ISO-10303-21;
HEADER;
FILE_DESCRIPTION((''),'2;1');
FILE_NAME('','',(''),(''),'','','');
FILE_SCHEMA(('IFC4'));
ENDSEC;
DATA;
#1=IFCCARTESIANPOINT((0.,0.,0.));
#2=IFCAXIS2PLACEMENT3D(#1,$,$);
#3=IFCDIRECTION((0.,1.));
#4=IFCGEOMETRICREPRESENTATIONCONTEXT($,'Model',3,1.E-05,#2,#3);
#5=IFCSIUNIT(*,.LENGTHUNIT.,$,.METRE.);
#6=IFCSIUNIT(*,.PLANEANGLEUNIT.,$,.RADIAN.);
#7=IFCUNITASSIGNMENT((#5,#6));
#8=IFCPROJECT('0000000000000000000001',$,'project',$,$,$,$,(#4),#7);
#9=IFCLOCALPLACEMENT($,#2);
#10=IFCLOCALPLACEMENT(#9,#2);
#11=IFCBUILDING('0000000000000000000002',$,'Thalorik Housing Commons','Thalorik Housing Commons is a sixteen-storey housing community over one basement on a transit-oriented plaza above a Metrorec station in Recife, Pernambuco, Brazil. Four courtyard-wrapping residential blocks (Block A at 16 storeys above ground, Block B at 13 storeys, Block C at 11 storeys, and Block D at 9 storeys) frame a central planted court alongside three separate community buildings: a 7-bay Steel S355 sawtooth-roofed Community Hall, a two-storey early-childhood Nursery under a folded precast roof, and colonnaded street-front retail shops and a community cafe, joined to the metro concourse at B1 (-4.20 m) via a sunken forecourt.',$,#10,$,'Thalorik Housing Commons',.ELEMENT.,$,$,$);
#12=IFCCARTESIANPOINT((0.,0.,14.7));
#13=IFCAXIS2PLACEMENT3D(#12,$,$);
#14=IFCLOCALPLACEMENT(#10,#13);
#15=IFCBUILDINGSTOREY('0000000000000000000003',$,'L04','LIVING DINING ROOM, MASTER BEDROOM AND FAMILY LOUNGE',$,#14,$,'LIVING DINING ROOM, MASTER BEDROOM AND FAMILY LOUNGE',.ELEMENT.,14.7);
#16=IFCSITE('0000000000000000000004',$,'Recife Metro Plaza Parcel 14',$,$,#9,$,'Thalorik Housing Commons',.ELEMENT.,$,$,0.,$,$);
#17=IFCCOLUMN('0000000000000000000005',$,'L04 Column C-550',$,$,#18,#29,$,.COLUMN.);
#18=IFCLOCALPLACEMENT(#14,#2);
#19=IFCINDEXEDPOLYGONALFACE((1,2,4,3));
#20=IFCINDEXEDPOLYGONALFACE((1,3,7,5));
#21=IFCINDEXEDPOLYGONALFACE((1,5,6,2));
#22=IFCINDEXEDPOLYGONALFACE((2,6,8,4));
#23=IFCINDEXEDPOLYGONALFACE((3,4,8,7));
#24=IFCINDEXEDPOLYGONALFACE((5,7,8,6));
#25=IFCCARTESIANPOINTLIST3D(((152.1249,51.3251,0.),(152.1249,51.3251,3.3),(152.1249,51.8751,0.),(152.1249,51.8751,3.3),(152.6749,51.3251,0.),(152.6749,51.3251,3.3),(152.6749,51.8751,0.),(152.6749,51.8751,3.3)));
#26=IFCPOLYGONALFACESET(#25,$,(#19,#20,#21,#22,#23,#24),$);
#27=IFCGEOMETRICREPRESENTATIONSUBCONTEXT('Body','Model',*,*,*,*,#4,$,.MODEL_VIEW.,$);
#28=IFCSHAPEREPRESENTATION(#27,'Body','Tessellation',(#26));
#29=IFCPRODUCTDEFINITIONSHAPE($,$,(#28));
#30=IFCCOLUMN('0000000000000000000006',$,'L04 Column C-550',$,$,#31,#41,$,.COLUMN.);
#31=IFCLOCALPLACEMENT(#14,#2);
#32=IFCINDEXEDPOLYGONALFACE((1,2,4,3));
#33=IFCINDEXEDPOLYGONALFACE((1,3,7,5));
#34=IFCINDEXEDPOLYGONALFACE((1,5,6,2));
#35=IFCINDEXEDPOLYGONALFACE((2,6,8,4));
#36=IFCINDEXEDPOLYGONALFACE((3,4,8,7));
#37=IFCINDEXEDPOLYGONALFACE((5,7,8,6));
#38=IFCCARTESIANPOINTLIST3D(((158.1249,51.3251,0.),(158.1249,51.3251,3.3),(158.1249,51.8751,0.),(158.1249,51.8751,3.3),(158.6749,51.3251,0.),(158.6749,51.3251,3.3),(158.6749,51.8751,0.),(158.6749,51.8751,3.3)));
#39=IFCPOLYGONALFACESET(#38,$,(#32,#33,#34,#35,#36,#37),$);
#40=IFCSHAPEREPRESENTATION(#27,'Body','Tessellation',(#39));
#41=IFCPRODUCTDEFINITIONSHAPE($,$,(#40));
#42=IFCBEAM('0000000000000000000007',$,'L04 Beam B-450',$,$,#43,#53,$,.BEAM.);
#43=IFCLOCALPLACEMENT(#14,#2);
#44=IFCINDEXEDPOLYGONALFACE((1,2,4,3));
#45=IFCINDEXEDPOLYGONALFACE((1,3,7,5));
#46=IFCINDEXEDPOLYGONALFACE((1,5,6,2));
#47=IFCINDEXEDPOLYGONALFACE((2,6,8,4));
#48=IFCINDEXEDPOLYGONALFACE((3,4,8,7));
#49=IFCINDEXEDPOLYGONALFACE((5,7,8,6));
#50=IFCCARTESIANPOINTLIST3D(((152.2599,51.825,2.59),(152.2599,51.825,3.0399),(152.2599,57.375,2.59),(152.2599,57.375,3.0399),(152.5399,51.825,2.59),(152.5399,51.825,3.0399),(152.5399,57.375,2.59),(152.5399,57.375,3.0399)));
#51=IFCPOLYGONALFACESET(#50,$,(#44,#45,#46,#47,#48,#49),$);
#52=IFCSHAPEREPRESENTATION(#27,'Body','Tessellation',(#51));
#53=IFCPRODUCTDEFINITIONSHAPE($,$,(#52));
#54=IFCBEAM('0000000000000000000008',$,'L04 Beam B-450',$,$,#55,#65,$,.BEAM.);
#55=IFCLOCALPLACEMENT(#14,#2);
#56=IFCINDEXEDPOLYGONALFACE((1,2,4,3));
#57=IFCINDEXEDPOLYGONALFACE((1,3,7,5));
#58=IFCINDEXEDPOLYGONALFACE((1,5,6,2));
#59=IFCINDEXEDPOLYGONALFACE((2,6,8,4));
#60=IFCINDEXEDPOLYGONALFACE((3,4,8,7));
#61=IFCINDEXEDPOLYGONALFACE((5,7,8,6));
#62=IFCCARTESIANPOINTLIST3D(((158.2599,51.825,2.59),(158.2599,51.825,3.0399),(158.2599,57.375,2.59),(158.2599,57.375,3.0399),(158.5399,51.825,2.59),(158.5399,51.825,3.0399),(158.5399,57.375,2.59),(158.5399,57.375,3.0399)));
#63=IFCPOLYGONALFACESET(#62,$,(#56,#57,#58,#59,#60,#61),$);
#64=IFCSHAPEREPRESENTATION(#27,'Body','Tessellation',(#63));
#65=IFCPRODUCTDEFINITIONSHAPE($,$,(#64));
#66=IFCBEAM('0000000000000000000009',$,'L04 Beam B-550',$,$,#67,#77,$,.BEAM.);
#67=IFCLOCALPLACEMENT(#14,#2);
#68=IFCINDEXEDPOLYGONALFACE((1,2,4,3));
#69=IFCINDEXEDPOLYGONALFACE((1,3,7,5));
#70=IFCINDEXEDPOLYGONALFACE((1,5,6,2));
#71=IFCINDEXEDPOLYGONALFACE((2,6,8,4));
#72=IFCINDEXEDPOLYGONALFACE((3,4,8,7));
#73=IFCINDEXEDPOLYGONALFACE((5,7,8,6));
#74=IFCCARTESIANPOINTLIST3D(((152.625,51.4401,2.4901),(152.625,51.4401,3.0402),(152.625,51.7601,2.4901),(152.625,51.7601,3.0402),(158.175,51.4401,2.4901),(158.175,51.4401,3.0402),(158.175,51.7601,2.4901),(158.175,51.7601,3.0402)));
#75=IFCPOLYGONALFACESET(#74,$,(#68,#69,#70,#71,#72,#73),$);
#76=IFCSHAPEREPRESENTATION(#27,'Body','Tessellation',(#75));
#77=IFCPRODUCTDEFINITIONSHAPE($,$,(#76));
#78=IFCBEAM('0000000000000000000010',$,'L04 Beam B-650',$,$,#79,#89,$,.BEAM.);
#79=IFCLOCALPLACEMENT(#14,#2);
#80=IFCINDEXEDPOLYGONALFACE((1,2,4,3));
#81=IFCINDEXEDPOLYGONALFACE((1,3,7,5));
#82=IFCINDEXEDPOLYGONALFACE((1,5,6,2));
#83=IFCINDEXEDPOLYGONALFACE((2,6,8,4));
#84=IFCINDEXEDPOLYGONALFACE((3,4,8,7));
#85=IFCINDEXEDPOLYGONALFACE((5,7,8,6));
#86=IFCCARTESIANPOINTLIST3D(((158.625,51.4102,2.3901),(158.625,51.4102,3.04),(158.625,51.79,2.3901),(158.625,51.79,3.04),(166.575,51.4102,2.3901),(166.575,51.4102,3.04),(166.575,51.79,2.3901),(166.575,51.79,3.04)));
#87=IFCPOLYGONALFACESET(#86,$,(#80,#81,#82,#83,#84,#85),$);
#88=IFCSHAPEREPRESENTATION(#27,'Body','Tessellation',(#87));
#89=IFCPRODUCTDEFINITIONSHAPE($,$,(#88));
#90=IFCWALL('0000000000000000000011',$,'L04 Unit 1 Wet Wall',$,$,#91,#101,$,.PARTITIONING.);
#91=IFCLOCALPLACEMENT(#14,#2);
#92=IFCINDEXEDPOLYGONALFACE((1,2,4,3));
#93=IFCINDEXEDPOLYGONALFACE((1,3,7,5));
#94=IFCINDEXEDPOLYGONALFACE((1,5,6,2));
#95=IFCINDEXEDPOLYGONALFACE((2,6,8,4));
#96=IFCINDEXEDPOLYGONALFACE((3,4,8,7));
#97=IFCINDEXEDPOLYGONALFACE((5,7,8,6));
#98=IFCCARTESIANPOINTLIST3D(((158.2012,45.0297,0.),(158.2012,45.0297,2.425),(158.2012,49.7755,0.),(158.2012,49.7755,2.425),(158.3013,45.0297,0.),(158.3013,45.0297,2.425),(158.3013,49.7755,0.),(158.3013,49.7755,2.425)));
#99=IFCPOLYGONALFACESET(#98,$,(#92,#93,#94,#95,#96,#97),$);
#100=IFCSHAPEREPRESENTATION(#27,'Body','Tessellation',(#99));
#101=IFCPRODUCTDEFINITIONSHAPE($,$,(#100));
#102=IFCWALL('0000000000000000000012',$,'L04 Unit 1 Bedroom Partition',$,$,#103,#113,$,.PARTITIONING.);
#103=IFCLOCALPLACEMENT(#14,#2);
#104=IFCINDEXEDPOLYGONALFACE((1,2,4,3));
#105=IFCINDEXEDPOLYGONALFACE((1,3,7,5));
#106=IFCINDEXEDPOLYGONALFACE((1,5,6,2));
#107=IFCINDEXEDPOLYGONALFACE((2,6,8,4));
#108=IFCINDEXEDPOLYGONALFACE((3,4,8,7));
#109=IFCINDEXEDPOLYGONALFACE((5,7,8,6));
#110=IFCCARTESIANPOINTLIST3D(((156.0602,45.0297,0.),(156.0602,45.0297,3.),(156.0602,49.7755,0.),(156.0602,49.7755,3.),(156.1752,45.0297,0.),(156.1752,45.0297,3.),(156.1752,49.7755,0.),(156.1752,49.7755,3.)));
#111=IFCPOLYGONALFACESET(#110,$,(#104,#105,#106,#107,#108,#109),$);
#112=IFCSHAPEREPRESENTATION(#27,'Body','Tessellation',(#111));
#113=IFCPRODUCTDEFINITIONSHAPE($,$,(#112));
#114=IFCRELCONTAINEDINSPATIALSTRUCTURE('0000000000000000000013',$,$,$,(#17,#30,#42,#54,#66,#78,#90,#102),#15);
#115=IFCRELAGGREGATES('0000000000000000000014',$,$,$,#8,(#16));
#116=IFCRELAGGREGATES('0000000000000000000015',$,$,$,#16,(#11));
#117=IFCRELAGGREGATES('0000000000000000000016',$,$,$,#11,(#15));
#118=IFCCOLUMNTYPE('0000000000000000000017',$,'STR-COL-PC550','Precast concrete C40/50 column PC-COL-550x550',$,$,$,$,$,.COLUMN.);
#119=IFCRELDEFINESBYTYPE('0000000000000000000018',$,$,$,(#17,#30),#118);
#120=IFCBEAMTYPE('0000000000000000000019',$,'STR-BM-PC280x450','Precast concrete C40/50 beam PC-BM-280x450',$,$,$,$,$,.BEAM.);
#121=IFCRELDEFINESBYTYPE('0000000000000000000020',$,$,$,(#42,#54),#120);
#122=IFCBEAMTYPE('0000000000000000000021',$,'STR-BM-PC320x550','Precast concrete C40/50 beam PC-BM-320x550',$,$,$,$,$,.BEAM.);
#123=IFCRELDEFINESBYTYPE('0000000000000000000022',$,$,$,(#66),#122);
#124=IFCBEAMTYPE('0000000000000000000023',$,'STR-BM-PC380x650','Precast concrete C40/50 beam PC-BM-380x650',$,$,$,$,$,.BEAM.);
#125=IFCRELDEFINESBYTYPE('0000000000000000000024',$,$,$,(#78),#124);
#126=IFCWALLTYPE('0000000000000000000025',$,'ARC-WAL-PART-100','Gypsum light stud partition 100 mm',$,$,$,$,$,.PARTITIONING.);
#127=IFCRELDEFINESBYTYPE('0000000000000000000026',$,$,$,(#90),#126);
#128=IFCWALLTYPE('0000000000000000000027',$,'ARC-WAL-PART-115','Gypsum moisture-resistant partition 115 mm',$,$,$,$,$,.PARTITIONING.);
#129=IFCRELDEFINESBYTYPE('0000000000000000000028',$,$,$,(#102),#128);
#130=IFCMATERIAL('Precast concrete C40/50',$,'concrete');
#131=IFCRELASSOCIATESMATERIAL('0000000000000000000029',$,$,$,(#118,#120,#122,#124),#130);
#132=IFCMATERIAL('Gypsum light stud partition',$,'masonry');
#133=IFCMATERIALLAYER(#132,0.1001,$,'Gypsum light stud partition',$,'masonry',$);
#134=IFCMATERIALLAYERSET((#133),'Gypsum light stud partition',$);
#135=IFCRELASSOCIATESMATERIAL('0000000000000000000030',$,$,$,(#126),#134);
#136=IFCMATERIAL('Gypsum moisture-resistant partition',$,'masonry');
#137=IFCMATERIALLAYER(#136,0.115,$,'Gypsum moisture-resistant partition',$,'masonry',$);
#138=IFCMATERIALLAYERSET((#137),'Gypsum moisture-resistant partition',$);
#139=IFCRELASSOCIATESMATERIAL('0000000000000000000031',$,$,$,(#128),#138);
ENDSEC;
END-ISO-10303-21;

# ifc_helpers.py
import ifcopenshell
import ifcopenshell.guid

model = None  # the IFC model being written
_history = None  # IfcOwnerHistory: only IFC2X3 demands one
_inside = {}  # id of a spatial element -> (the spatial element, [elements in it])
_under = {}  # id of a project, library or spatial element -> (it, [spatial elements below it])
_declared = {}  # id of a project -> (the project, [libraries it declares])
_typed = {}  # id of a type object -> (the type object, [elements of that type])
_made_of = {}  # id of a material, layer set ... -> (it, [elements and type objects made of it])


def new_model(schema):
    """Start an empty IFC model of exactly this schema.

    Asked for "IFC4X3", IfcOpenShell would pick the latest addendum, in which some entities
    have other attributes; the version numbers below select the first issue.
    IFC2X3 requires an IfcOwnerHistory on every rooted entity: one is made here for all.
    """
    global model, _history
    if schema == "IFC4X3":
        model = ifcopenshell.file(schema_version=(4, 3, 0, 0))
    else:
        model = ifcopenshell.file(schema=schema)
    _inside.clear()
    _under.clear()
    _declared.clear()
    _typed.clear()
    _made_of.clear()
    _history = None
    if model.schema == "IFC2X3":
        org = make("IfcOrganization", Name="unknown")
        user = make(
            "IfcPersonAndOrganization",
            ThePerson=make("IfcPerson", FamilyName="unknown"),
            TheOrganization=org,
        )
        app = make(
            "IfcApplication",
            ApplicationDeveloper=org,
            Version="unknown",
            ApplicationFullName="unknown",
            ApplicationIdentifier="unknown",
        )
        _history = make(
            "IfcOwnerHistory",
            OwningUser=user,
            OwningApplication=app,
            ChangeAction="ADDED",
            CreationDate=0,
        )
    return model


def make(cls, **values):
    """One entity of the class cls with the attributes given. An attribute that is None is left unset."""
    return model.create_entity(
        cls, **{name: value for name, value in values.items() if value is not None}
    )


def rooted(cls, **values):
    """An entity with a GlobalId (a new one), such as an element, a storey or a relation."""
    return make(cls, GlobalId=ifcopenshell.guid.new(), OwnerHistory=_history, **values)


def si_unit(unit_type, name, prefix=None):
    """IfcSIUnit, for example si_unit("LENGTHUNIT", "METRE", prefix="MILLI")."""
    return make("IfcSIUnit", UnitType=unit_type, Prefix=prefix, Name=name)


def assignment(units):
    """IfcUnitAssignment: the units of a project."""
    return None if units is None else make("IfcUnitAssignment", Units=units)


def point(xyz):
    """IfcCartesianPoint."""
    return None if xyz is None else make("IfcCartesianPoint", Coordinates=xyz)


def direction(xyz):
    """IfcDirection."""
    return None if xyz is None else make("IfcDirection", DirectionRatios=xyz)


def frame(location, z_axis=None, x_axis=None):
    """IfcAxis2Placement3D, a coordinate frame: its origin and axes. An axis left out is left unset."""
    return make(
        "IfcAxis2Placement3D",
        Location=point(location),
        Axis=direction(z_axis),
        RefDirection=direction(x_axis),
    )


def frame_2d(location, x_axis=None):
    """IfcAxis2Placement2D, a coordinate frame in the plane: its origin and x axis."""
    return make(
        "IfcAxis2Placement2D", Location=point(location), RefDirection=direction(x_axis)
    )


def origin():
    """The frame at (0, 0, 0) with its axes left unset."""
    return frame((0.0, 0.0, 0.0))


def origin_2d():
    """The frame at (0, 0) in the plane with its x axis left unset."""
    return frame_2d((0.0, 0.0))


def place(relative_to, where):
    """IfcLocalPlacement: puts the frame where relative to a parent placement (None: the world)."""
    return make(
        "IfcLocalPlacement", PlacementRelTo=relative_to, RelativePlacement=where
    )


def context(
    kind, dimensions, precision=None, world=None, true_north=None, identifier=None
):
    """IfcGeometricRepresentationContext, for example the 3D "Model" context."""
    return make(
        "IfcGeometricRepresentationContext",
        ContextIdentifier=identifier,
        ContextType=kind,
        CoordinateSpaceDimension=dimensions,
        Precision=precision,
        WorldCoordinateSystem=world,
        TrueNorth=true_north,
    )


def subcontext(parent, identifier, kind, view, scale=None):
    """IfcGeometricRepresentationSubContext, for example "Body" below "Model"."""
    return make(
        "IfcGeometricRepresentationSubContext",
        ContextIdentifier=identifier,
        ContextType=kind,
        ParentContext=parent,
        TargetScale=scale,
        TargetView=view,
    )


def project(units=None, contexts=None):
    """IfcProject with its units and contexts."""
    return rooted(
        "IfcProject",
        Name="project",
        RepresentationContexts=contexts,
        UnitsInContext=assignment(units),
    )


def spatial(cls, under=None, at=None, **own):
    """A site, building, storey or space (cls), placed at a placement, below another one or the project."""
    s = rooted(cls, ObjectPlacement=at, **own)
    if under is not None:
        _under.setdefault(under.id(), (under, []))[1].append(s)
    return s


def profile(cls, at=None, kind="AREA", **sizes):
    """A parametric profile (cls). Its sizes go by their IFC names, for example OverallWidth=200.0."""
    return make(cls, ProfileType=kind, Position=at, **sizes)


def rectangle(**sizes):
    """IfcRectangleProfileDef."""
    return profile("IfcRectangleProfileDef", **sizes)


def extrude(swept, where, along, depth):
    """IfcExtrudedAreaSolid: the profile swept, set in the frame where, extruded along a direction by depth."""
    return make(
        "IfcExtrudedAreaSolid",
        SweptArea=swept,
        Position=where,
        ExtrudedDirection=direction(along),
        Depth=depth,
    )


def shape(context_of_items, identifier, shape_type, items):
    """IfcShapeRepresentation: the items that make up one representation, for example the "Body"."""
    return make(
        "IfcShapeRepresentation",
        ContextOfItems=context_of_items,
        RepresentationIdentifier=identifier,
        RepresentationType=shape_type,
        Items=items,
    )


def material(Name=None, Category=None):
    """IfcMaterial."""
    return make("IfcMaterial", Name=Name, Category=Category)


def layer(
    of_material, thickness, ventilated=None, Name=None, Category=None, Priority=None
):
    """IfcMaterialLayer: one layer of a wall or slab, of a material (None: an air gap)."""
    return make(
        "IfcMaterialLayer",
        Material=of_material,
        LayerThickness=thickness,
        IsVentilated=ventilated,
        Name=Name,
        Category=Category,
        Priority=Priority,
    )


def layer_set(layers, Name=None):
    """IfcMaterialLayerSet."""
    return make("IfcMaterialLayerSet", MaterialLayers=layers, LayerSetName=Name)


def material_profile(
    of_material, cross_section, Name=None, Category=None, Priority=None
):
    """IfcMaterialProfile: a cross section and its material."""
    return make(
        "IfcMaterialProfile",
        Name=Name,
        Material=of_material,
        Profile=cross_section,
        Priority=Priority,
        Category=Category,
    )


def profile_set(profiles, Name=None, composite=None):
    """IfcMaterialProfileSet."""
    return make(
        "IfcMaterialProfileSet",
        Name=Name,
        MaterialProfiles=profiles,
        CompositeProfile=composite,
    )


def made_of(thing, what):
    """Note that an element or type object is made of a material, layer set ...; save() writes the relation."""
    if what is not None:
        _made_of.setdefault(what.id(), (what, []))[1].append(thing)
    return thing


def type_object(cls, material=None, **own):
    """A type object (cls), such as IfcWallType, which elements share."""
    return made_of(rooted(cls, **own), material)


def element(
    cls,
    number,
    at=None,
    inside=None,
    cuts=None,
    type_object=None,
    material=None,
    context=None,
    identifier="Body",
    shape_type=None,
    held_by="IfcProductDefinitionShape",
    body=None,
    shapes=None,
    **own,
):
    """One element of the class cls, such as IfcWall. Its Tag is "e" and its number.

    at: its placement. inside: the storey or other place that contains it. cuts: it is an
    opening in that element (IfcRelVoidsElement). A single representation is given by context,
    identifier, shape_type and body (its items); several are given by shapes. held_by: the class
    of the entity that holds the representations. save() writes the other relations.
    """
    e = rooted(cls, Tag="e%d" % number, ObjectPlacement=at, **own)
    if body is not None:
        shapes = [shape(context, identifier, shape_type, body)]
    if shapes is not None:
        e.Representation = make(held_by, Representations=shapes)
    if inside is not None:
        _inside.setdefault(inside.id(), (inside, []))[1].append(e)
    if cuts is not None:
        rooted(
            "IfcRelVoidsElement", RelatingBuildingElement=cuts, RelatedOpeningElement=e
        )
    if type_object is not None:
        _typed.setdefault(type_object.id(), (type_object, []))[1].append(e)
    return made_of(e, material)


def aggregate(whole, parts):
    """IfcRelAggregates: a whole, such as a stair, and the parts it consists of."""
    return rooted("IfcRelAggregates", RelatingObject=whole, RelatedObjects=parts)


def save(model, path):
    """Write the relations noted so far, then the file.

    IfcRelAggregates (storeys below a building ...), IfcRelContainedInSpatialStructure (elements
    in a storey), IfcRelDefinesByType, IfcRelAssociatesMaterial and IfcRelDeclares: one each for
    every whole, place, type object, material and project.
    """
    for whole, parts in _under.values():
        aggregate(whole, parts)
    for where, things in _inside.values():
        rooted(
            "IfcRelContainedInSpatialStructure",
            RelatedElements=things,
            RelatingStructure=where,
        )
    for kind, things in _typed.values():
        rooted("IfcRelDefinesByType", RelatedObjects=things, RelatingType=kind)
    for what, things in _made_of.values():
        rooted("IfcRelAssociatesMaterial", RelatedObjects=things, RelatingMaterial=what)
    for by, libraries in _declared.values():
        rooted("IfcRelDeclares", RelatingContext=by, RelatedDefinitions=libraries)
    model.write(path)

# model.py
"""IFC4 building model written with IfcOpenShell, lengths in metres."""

from ifc_helpers import new_model, si_unit, direction, frame, frame_2d, origin, origin_2d, place, context, subcontext, project, spatial, rectangle, extrude, material, layer, layer_set, material_profile, profile_set, type_object, element, save


model = new_model("IFC4")

# Units and contexts
model_context = context("Model", 3, precision=1e-05, world=origin(), true_north=direction((0.0, 1.0)))
body_context = subcontext(model_context, "Body", "Model", "MODEL_VIEW")
ifc_project = project(units=[si_unit("LENGTHUNIT", "METRE"), si_unit("PLANEANGLEUNIT", "RADIAN")], contexts=[model_context])

# Site, building, storey
site_placement = place(None, origin())
site = spatial("IfcSite", under=ifc_project, at=site_placement, Name="Recife Metro Plaza Parcel 14", LongName="Thalorik Housing Commons", CompositionType="ELEMENT", RefElevation=0.0)
building_placement = place(site_placement, origin())
building = spatial("IfcBuilding", under=site, at=building_placement, Name="Thalorik Housing Commons", Description="Thalorik Housing Commons is a sixteen-storey housing community over one basement on a transit-oriented plaza above a Metrorec station in Recife, Pernambuco, Brazil. Four courtyard-wrapping residential blocks (Block A at 16 storeys above ground, Block B at 13 storeys, Block C at 11 storeys, and Block D at 9 storeys) frame a central planted court alongside three separate community buildings: a 7-bay Steel S355 sawtooth-roofed Community Hall, a two-storey early-childhood Nursery under a folded precast roof, and colonnaded street-front retail shops and a community cafe, joined to the metro concourse at B1 (-4.20 m) via a sunken forecourt.", LongName="Thalorik Housing Commons", CompositionType="ELEMENT")
storey_placement = place(building_placement, frame((0.0, 0.0, 14.7)))
storey = spatial("IfcBuildingStorey", under=building, at=storey_placement, Name="L04", Description="LIVING DINING ROOM, MASTER BEDROOM AND FAMILY LOUNGE", LongName="LIVING DINING ROOM, MASTER BEDROOM AND FAMILY LOUNGE", CompositionType="ELEMENT", Elevation=14.7)

# Columns
ifc_material_1 = material(Name="Precast concrete C40/50", Category="concrete")
ifc_material_profile_1 = material_profile(ifc_material_1, rectangle(XDim=0.55, YDim=0.55, at=origin_2d()), Name="PC 550x550", Category="concrete")
ifc_profile_set_1 = profile_set([ifc_material_profile_1], Name="Precast concrete C40/50")
column_type = type_object("IfcColumnType", Name="STR-COL-PC550", Description="Precast concrete C40/50 column PC-COL-550x550", PredefinedType="COLUMN", material=ifc_profile_set_1)
for number, where, z_axis, x_axis, name in (
    (1, (152.3999, 51.6001, 0.0), (0.0, 0.0, 1.0), (1.0, 0.0, 0.0), "L04 Column C-550"),
    (2, (158.3999, 51.6001, 0.0), (0.0, 0.0, 1.0), (1.0, 0.0, 0.0), "L04 Column C-550"),
):
    element("IfcColumn", number, at=place(storey_placement, frame(where, z_axis=z_axis, x_axis=x_axis)), inside=storey, type_object=column_type, Name=name, PredefinedType="COLUMN", context=body_context, shape_type="SweptSolid", body=[
        extrude(rectangle(XDim=0.55, YDim=0.55, at=origin_2d()), origin(), (0.0, 0.0, 1.0), 3.3),
    ])

# Beams
ifc_material_profile_2 = material_profile(ifc_material_1, rectangle(XDim=0.28, YDim=0.45, at=origin_2d()), Name="PC 280x450", Category="concrete")
ifc_profile_set_2 = profile_set([ifc_material_profile_2], Name="Precast concrete C40/50")
beam_type_1 = type_object("IfcBeamType", Name="STR-BM-PC280x450", Description="Precast concrete C40/50 beam PC-BM-280x450", PredefinedType="BEAM", material=ifc_profile_set_2)
for number, where, z_axis, x_axis, name in (
    (3, (152.3999, 51.825, 2.8149), (0.0, 1.0, 0.0), (-1.0, 0.0, 0.0), "L04 Beam B-450"),
    (4, (158.3999, 51.825, 2.8149), (0.0, 1.0, 0.0), (-1.0, 0.0, 0.0), "L04 Beam B-450"),
):
    element("IfcBeam", number, at=place(storey_placement, frame(where, z_axis=z_axis, x_axis=x_axis)), inside=storey, type_object=beam_type_1, Name=name, PredefinedType="BEAM", context=body_context, shape_type="SweptSolid", body=[
        extrude(rectangle(XDim=0.28, YDim=0.45, at=origin_2d()), origin(), (0.0, 0.0, 1.0), 5.55),
    ])
ifc_material_profile_3 = material_profile(ifc_material_1, rectangle(XDim=0.3201, YDim=0.55, at=origin_2d()), Name="PC 320x550", Category="concrete")
ifc_profile_set_3 = profile_set([ifc_material_profile_3], Name="Precast concrete C40/50")
beam_type_2 = type_object("IfcBeamType", Name="STR-BM-PC320x550", Description="Precast concrete C40/50 beam PC-BM-320x550", PredefinedType="BEAM", material=ifc_profile_set_3)
beam_1_placement = place(storey_placement, frame((152.625, 51.6001, 2.7651), z_axis=(1.0, 0.0, 0.0), x_axis=(0.0, 1.0, 0.0)))
element("IfcBeam", 5, at=beam_1_placement, inside=storey, type_object=beam_type_2, Name="L04 Beam B-550", PredefinedType="BEAM", context=body_context, shape_type="SweptSolid", body=[
    extrude(rectangle(XDim=0.3201, YDim=0.55, at=origin_2d()), origin(), (0.0, 0.0, 1.0), 5.55),
])
ifc_material_profile_4 = material_profile(ifc_material_1, rectangle(XDim=0.3799, YDim=0.6499, at=origin_2d()), Name="PC 380x650", Category="concrete")
ifc_profile_set_4 = profile_set([ifc_material_profile_4], Name="Precast concrete C40/50")
beam_type_3 = type_object("IfcBeamType", Name="STR-BM-PC380x650", Description="Precast concrete C40/50 beam PC-BM-380x650", PredefinedType="BEAM", material=ifc_profile_set_4)
beam_2_placement = place(storey_placement, frame((158.625, 51.6001, 2.7151), z_axis=(1.0, 0.0, 0.0), x_axis=(0.0, 1.0, 0.0)))
element("IfcBeam", 6, at=beam_2_placement, inside=storey, type_object=beam_type_3, Name="L04 Beam B-650", PredefinedType="BEAM", context=body_context, shape_type="SweptSolid", body=[
    extrude(rectangle(XDim=0.3799, YDim=0.6499, at=origin_2d()), origin(), (0.0, 0.0, 1.0), 7.95),
])

# Walls
ifc_material_2 = material(Name="Gypsum light stud partition", Category="masonry")
ifc_layer_1 = layer(ifc_material_2, 0.1001, Name="Gypsum light stud partition", Category="masonry")
ifc_layer_set_1 = layer_set([ifc_layer_1], Name="Gypsum light stud partition")
wall_type_1 = type_object("IfcWallType", Name="ARC-WAL-PART-100", Description="Gypsum light stud partition 100 mm", PredefinedType="PARTITIONING", material=ifc_layer_set_1)
wall_1_placement = place(storey_placement, frame((158.2512, 45.0295, 0.0), z_axis=(0.0, 0.0, 1.0), x_axis=(0.0, 1.0, 0.0)))
element("IfcWall", 7, at=wall_1_placement, inside=storey, type_object=wall_type_1, Name="L04 Unit 1 Wet Wall", PredefinedType="PARTITIONING", context=body_context, shape_type="SweptSolid", body=[
    extrude(rectangle(XDim=4.7458, YDim=0.1001, at=frame_2d((2.373, 0.0))), origin(), (0.0, 0.0, 1.0), 2.425),
])
ifc_material_3 = material(Name="Gypsum moisture-resistant partition", Category="masonry")
ifc_layer_2 = layer(ifc_material_3, 0.115, Name="Gypsum moisture-resistant partition", Category="masonry")
ifc_layer_set_2 = layer_set([ifc_layer_2], Name="Gypsum moisture-resistant partition")
wall_type_2 = type_object("IfcWallType", Name="ARC-WAL-PART-115", Description="Gypsum moisture-resistant partition 115 mm", PredefinedType="PARTITIONING", material=ifc_layer_set_2)
wall_2_placement = place(storey_placement, frame((156.1177, 45.0295, 0.0), z_axis=(0.0, 0.0, 1.0), x_axis=(0.0, 1.0, 0.0)))
element("IfcWall", 8, at=wall_2_placement, inside=storey, type_object=wall_type_2, Name="L04 Unit 1 Bedroom Partition", PredefinedType="PARTITIONING", context=body_context, shape_type="SweptSolid", body=[
    extrude(rectangle(XDim=4.7458, YDim=0.115, at=frame_2d((2.373, 0.0))), origin(), (0.0, 0.0, 1.0), 3.0),
])

save(model, "model.ifc")
